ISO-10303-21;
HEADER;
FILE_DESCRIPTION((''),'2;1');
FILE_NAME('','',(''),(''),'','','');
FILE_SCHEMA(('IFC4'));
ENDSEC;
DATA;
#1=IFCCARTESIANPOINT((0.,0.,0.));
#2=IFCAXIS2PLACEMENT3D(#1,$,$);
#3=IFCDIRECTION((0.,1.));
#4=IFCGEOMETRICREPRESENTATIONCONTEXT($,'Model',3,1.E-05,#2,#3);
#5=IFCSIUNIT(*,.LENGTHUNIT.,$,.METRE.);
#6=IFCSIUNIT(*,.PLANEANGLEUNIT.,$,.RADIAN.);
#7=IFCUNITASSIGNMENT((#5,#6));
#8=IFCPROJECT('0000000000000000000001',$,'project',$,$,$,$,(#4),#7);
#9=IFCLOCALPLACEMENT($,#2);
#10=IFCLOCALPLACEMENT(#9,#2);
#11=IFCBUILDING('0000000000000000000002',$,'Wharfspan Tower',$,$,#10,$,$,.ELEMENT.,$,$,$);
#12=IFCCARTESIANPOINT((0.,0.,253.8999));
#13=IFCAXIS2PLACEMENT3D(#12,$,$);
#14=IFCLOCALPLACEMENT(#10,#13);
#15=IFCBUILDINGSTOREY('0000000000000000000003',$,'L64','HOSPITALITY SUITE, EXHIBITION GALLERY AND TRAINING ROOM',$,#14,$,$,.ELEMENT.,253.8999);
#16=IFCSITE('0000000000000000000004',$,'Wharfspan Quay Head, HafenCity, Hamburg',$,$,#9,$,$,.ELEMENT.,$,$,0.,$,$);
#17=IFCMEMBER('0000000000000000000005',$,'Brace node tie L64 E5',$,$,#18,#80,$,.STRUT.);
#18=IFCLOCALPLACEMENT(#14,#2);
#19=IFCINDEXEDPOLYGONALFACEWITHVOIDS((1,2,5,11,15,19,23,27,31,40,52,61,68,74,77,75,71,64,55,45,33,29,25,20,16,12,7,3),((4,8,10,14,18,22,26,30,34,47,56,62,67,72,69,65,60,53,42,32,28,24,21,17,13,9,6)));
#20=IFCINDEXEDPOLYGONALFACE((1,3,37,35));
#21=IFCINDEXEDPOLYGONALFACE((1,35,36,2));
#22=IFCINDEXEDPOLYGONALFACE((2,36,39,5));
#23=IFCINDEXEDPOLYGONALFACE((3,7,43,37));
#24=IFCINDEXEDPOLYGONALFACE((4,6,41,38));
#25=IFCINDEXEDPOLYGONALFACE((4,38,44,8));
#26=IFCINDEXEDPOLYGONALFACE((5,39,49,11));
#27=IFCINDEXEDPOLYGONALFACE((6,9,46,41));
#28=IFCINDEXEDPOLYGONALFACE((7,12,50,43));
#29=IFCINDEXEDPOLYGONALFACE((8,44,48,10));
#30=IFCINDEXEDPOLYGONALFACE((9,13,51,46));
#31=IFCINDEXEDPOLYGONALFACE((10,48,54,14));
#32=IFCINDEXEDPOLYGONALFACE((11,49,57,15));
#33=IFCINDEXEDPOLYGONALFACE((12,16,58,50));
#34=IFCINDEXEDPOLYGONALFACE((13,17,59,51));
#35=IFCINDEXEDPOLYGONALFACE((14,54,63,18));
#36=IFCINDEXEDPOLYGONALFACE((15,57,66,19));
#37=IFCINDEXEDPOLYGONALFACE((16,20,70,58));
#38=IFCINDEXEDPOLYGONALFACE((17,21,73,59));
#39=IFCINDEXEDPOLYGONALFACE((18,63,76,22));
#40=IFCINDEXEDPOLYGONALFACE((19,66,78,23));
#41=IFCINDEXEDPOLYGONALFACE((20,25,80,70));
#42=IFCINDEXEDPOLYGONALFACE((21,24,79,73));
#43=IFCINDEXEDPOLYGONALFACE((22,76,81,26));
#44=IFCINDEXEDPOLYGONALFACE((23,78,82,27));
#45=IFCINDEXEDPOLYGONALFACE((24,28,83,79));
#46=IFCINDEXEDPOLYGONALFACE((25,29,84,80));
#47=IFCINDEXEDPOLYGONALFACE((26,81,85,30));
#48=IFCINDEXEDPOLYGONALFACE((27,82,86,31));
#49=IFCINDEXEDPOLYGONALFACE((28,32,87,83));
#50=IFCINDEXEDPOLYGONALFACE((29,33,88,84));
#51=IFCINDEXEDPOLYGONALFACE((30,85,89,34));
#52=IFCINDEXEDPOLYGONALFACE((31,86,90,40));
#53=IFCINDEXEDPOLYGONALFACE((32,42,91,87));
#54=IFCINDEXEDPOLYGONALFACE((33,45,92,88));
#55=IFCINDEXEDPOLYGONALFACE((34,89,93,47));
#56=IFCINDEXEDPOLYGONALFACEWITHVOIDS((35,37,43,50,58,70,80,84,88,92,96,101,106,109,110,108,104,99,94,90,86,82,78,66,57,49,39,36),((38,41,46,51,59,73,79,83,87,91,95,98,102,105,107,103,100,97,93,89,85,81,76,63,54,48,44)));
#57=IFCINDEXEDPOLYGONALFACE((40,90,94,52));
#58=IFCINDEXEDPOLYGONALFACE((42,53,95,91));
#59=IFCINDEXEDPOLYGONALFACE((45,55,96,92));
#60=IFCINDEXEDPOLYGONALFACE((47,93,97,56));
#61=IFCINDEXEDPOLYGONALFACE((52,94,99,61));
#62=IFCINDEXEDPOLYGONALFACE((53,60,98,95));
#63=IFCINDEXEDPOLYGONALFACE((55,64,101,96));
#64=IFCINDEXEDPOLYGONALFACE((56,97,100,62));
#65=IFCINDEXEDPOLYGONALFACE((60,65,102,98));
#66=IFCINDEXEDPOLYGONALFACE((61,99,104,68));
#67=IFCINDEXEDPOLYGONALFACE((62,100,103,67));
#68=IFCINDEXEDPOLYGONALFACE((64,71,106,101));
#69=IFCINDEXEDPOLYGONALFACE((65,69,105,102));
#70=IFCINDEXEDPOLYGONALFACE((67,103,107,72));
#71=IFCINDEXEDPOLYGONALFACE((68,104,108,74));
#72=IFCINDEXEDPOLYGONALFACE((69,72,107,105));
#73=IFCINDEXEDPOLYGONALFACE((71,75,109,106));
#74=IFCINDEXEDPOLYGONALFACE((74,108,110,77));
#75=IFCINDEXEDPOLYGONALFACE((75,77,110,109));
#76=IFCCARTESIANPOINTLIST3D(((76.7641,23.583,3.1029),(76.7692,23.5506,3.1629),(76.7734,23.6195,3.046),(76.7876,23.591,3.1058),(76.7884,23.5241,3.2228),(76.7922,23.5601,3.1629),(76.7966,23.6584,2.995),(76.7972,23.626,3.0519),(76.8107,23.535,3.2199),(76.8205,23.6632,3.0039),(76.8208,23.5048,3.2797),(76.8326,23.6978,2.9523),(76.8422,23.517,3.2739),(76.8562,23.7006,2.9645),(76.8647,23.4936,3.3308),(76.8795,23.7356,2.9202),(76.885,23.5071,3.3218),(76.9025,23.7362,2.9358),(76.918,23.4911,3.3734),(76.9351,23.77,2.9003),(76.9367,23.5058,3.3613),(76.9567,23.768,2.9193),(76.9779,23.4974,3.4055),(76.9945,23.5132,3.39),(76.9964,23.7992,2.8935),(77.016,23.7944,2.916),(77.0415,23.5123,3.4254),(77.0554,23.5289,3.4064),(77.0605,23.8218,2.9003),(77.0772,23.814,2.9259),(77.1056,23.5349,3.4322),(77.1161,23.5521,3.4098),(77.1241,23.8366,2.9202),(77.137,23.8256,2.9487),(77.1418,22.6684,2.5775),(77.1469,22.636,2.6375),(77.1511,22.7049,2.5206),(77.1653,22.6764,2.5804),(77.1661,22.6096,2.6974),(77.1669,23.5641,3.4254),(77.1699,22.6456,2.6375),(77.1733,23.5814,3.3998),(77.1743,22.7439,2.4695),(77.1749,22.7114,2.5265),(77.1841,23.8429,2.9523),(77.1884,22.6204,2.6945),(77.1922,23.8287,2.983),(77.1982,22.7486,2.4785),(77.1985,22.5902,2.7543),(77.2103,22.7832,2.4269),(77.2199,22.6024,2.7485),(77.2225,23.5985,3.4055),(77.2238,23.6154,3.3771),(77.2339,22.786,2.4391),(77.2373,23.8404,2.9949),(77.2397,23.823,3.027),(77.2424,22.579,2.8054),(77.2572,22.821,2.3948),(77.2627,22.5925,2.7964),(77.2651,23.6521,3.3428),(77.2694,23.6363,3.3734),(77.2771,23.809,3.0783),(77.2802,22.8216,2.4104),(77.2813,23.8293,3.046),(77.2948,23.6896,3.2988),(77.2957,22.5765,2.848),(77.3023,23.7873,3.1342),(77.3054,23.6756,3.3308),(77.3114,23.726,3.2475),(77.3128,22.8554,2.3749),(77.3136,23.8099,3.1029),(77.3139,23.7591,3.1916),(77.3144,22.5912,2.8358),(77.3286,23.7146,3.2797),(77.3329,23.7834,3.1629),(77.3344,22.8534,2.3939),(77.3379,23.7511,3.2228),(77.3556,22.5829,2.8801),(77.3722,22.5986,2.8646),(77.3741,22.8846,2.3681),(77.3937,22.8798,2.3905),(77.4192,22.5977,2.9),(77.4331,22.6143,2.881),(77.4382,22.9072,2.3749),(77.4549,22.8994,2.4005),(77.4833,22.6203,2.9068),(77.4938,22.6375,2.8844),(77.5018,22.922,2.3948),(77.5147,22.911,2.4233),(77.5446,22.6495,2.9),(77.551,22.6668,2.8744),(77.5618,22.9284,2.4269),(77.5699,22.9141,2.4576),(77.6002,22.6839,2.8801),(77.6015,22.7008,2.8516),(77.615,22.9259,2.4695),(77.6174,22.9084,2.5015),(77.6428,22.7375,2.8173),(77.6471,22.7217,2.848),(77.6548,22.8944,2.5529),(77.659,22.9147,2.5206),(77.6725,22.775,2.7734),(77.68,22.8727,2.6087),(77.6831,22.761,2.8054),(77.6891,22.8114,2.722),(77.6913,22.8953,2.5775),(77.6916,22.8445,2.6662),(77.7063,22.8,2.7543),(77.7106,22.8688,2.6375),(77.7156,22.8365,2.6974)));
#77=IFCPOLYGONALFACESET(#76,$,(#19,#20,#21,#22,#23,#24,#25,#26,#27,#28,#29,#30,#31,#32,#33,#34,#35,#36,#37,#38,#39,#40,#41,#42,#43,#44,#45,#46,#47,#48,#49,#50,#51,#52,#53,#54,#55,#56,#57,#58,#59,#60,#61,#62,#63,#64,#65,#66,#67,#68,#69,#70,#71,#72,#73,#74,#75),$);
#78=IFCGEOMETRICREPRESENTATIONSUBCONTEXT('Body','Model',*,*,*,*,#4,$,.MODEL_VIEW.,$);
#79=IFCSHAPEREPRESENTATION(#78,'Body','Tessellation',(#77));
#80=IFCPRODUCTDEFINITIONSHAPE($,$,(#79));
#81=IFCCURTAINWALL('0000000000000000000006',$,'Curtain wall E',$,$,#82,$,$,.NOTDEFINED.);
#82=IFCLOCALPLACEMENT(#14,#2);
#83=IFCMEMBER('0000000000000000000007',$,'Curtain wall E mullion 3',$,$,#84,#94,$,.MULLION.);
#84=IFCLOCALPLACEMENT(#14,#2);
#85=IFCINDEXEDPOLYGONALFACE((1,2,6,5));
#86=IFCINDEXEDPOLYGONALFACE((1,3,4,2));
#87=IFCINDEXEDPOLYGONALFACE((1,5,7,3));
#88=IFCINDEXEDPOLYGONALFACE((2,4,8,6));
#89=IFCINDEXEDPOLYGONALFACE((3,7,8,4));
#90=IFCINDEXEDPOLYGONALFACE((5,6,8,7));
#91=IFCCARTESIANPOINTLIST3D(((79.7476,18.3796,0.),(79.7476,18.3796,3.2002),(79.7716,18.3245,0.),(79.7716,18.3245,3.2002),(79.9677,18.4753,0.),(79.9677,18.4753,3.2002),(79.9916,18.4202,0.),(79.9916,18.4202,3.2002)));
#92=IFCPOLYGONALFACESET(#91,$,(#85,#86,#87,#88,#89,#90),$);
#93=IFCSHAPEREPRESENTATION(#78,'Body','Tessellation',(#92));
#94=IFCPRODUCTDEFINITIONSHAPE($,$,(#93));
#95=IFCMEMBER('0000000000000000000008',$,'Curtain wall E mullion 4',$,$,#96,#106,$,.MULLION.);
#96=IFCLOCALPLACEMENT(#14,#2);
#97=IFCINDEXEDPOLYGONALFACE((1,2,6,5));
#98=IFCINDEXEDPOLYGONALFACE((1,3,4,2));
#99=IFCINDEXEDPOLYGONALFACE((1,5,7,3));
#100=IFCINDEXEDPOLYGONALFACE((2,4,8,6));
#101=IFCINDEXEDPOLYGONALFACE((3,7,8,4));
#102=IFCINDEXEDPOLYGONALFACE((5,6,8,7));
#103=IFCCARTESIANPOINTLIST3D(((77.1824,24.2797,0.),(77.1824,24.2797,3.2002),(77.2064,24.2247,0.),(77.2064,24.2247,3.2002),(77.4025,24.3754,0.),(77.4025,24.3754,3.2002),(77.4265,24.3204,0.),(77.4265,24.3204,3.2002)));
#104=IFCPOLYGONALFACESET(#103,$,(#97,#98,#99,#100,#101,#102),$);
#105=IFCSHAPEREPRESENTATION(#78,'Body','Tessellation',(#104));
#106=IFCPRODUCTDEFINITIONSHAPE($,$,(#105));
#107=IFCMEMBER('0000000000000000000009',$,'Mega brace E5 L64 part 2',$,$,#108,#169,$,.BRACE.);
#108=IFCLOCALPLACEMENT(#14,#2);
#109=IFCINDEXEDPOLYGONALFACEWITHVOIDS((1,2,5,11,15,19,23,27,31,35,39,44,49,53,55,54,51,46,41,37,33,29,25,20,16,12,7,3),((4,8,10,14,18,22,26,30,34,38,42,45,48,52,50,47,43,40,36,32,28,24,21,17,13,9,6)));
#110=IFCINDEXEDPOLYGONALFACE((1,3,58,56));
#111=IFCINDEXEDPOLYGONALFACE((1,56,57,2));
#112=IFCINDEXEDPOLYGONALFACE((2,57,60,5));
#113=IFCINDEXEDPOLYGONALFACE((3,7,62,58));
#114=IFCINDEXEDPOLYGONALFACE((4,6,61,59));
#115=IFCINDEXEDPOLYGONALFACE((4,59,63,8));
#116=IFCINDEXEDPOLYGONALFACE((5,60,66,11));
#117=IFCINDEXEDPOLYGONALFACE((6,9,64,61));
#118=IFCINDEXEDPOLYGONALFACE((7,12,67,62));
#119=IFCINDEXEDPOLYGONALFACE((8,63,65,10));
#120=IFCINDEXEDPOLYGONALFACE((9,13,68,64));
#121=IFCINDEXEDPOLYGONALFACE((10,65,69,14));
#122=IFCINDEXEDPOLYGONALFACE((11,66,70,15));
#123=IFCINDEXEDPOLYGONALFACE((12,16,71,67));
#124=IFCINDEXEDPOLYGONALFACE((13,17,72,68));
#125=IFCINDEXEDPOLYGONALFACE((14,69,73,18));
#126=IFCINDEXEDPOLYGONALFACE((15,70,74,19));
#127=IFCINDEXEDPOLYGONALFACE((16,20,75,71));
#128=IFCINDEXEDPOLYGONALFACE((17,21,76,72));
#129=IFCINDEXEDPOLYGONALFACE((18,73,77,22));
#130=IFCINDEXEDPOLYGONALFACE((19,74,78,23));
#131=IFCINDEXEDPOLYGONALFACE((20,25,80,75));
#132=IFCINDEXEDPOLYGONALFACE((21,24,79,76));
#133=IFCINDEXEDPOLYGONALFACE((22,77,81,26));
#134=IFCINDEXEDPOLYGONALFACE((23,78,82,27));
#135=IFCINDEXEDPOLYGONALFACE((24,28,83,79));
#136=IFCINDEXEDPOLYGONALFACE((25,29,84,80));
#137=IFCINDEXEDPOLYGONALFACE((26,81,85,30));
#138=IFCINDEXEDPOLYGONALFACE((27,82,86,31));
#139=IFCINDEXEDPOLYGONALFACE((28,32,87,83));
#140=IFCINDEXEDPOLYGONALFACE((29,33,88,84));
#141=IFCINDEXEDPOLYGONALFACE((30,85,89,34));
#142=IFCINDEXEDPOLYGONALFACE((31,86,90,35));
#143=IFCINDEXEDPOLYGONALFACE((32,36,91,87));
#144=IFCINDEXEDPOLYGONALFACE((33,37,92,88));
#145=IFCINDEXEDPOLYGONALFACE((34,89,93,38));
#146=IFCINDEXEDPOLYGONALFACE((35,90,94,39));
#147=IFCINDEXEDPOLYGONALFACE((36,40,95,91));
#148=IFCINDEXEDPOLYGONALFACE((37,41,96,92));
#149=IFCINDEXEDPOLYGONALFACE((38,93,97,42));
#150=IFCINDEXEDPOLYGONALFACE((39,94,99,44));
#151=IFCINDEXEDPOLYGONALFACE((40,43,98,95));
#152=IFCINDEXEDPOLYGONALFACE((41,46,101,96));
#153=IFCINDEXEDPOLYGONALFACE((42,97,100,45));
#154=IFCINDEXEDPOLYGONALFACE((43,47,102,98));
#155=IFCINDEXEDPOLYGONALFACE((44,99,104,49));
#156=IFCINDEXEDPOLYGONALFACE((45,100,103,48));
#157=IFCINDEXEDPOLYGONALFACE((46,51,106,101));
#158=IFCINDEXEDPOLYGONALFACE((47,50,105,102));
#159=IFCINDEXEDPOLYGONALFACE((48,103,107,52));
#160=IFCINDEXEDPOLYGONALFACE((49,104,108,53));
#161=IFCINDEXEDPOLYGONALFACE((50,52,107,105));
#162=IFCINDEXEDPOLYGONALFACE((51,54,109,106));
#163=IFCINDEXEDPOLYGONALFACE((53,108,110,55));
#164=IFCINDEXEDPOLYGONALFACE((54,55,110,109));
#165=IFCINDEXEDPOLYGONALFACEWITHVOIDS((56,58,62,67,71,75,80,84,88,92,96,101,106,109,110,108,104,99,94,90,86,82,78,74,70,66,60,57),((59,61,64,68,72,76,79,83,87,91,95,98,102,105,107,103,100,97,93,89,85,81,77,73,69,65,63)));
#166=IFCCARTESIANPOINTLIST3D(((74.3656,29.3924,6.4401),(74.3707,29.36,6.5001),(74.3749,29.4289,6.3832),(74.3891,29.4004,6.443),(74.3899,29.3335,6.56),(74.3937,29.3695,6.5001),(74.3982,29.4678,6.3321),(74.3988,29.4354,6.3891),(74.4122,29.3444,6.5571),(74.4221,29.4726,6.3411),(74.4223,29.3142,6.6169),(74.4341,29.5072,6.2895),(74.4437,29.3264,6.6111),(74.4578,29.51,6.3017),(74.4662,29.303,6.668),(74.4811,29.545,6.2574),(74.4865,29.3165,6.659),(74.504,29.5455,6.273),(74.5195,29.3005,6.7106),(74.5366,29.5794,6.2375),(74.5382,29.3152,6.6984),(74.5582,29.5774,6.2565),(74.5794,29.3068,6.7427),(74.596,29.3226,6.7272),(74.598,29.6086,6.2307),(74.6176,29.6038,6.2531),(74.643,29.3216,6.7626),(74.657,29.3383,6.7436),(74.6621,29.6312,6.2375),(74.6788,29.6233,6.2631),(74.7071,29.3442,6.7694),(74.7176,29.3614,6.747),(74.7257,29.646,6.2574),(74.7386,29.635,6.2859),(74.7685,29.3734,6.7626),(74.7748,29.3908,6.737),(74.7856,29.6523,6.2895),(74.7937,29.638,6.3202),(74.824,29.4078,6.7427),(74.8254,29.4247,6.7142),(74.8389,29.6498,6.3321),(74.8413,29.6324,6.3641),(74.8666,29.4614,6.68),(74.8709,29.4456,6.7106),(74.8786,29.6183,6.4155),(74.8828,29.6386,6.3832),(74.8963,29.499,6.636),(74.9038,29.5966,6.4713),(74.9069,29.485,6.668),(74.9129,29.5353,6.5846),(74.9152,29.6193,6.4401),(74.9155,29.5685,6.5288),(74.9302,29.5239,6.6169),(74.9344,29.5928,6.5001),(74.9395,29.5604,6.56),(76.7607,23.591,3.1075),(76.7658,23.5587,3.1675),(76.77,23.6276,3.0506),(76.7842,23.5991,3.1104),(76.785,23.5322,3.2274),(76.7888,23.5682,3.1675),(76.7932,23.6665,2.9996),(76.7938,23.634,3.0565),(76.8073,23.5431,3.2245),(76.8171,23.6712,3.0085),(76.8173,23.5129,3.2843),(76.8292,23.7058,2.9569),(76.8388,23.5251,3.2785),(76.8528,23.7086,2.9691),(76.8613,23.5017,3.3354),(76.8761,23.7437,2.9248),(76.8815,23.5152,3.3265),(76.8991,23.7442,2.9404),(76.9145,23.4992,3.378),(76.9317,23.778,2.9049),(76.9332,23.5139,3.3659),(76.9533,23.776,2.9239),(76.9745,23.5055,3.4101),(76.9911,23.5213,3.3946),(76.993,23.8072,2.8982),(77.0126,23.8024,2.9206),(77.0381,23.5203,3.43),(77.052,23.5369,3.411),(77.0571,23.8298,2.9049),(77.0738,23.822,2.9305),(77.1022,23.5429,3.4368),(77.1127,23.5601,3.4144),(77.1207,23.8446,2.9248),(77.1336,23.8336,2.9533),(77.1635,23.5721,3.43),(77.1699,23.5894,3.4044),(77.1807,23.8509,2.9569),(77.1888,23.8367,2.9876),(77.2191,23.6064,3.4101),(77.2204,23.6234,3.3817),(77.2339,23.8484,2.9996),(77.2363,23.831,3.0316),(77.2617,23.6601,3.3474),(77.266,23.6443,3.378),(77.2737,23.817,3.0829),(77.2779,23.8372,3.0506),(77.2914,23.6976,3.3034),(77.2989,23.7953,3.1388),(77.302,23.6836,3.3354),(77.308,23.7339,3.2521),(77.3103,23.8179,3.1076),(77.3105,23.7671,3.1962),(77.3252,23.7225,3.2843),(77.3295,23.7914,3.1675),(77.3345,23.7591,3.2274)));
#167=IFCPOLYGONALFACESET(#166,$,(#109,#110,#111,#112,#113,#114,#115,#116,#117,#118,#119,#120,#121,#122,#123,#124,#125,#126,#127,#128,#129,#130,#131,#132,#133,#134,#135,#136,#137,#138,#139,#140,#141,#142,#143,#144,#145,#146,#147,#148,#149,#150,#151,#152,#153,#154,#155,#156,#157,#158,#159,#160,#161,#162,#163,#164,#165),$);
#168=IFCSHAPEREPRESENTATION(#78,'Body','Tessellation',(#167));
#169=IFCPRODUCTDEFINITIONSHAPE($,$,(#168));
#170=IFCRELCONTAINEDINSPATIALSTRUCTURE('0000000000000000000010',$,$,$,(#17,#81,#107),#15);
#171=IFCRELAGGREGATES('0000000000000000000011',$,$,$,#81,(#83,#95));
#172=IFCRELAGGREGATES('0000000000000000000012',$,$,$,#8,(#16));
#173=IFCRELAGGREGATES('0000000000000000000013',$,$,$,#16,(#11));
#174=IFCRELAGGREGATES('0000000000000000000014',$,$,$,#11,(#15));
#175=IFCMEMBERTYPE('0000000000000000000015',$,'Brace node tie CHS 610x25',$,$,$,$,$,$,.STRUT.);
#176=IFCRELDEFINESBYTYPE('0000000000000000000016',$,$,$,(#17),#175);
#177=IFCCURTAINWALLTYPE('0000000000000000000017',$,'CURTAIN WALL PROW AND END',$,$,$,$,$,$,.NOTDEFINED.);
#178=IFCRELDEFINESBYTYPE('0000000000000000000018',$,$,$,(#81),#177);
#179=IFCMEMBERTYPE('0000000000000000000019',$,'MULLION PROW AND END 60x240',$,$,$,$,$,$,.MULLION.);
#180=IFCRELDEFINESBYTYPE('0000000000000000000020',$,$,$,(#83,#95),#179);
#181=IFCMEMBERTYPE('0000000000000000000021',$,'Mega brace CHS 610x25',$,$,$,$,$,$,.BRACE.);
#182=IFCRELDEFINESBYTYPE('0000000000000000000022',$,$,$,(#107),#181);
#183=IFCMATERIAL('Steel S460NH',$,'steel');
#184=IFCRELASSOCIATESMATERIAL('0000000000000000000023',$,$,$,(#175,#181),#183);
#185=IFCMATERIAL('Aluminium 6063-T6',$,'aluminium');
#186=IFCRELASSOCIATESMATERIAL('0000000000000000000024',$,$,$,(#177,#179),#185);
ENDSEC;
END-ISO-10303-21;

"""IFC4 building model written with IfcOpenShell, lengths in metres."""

from ifc_helpers import new_model, si_unit, direction, frame, origin, origin_2d, place, context, subcontext, project, spatial, rectangle, hollow_circle, extrude, material, material_profile, profile_set, type_object, element, aggregate, save


model = new_model("IFC4")

# Units and contexts
model_context = context("Model", 3, precision=1e-05, world=origin(), true_north=direction((0.0, 1.0)))
body_context = subcontext(model_context, "Body", "Model", "MODEL_VIEW")
ifc_project = project(units=[si_unit("LENGTHUNIT", "METRE"), si_unit("PLANEANGLEUNIT", "RADIAN")], contexts=[model_context])

# Site, building, storey
site_placement = place(None, origin())
site = spatial("IfcSite", under=ifc_project, at=site_placement, Name="Wharfspan Quay Head, HafenCity, Hamburg", CompositionType="ELEMENT", RefElevation=0.0)
building_placement = place(site_placement, origin())
building = spatial("IfcBuilding", under=site, at=building_placement, Name="Wharfspan Tower", CompositionType="ELEMENT")
storey_placement = place(building_placement, frame((0.0, 0.0, 253.8999)))
storey = spatial("IfcBuildingStorey", under=building, at=storey_placement, Name="L64", Description="HOSPITALITY SUITE, EXHIBITION GALLERY AND TRAINING ROOM", CompositionType="ELEMENT", Elevation=253.8999)

# Member
ifc_material_1 = material(Name="Steel S460NH", Category="steel")
ifc_material_profile_1 = material_profile(ifc_material_1, hollow_circle(Radius=0.3049, WallThickness=0.0249, at=origin_2d()))
ifc_profile_set_1 = profile_set([ifc_material_profile_1], Name="Steel S460NH")
member_type_1 = type_object("IfcMemberType", Name="Brace node tie CHS 610x25", PredefinedType="STRUT", material=ifc_profile_set_1)
member_1_placement = place(storey_placement, frame((77.4287, 22.7524, 2.6375), z_axis=(-0.337127, 0.81634, 0.468971), x_axis=(-0.924287, -0.381708, 0.000003)))
element("IfcMember", 1, at=member_1_placement, inside=storey, type_object=member_type_1, Name="Brace node tie L64 E5", PredefinedType="STRUT", context=body_context, shape_type="SweptSolid", body=[
    extrude(hollow_circle(Radius=0.3049, WallThickness=0.0249, at=origin_2d()), origin(), (0.0, 0.0, 1.0), 1.1204),
])

# Curtain wall, members
ifc_material_2 = material(Name="Aluminium 6063-T6", Category="aluminium")
curtain_wall_type = type_object("IfcCurtainWallType", Name="CURTAIN WALL PROW AND END", PredefinedType="NOTDEFINED", material=ifc_material_2)
curtain_wall_placement = place(storey_placement, origin())
curtain_wall = element("IfcCurtainWall", 2, at=curtain_wall_placement, inside=storey, type_object=curtain_wall_type, Name="Curtain wall E", PredefinedType="NOTDEFINED")
ifc_material_profile_2 = material_profile(ifc_material_2, rectangle(XDim=0.24, YDim=0.0601, at=origin_2d()))
ifc_profile_set_2 = profile_set([ifc_material_profile_2], Name="Aluminium 6063-T6")
member_type_2 = type_object("IfcMemberType", Name="MULLION PROW AND END 60x240", PredefinedType="MULLION", material=ifc_profile_set_2)
member_2_placement = place(storey_placement, frame((79.8696, 18.3999, 0.0), z_axis=(0.0, 0.0, 1.0), x_axis=(-0.917072, -0.398727, 0.0)))
member_2 = element("IfcMember", 3, at=member_2_placement, type_object=member_type_2, Name="Curtain wall E mullion 3", PredefinedType="MULLION", context=body_context, shape_type="SweptSolid", body=[
    extrude(rectangle(XDim=0.24, YDim=0.0601, at=origin_2d()), origin(), (0.0, 0.0, 1.0), 3.2002),
])
member_3_placement = place(storey_placement, frame((77.3044, 24.3, 0.0), z_axis=(0.0, 0.0, 1.0), x_axis=(-0.917072, -0.398727, 0.0)))
member_3 = element("IfcMember", 4, at=member_3_placement, type_object=member_type_2, Name="Curtain wall E mullion 4", PredefinedType="MULLION", context=body_context, shape_type="SweptSolid", body=[
    extrude(rectangle(XDim=0.24, YDim=0.0601, at=origin_2d()), origin(), (0.0, 0.0, 1.0), 3.2002),
])

# Member
ifc_material_profile_3 = material_profile(ifc_material_1, hollow_circle(Radius=0.3049, WallThickness=0.0249, at=origin_2d()))
ifc_profile_set_3 = profile_set([ifc_material_profile_3], Name="Steel S460NH")
member_type_3 = type_object("IfcMemberType", Name="Mega brace CHS 610x25", PredefinedType="BRACE", material=ifc_profile_set_3)
member_4_placement = place(storey_placement, frame((77.0476, 23.675, 3.1675), z_axis=(-0.337038, 0.81638, 0.468967), x_axis=(-0.924329, -0.381603, -0.000002)))
element("IfcMember", 5, at=member_4_placement, inside=storey, type_object=member_type_3, Name="Mega brace E5 L64 part 2", PredefinedType="BRACE", context=body_context, shape_type="SweptSolid", body=[
    extrude(hollow_circle(Radius=0.3049, WallThickness=0.0249, at=origin_2d()), origin(), (0.0, 0.0, 1.0), 7.1062),
])

aggregate(curtain_wall, [member_2, member_3])

save(model, "model.ifc")
